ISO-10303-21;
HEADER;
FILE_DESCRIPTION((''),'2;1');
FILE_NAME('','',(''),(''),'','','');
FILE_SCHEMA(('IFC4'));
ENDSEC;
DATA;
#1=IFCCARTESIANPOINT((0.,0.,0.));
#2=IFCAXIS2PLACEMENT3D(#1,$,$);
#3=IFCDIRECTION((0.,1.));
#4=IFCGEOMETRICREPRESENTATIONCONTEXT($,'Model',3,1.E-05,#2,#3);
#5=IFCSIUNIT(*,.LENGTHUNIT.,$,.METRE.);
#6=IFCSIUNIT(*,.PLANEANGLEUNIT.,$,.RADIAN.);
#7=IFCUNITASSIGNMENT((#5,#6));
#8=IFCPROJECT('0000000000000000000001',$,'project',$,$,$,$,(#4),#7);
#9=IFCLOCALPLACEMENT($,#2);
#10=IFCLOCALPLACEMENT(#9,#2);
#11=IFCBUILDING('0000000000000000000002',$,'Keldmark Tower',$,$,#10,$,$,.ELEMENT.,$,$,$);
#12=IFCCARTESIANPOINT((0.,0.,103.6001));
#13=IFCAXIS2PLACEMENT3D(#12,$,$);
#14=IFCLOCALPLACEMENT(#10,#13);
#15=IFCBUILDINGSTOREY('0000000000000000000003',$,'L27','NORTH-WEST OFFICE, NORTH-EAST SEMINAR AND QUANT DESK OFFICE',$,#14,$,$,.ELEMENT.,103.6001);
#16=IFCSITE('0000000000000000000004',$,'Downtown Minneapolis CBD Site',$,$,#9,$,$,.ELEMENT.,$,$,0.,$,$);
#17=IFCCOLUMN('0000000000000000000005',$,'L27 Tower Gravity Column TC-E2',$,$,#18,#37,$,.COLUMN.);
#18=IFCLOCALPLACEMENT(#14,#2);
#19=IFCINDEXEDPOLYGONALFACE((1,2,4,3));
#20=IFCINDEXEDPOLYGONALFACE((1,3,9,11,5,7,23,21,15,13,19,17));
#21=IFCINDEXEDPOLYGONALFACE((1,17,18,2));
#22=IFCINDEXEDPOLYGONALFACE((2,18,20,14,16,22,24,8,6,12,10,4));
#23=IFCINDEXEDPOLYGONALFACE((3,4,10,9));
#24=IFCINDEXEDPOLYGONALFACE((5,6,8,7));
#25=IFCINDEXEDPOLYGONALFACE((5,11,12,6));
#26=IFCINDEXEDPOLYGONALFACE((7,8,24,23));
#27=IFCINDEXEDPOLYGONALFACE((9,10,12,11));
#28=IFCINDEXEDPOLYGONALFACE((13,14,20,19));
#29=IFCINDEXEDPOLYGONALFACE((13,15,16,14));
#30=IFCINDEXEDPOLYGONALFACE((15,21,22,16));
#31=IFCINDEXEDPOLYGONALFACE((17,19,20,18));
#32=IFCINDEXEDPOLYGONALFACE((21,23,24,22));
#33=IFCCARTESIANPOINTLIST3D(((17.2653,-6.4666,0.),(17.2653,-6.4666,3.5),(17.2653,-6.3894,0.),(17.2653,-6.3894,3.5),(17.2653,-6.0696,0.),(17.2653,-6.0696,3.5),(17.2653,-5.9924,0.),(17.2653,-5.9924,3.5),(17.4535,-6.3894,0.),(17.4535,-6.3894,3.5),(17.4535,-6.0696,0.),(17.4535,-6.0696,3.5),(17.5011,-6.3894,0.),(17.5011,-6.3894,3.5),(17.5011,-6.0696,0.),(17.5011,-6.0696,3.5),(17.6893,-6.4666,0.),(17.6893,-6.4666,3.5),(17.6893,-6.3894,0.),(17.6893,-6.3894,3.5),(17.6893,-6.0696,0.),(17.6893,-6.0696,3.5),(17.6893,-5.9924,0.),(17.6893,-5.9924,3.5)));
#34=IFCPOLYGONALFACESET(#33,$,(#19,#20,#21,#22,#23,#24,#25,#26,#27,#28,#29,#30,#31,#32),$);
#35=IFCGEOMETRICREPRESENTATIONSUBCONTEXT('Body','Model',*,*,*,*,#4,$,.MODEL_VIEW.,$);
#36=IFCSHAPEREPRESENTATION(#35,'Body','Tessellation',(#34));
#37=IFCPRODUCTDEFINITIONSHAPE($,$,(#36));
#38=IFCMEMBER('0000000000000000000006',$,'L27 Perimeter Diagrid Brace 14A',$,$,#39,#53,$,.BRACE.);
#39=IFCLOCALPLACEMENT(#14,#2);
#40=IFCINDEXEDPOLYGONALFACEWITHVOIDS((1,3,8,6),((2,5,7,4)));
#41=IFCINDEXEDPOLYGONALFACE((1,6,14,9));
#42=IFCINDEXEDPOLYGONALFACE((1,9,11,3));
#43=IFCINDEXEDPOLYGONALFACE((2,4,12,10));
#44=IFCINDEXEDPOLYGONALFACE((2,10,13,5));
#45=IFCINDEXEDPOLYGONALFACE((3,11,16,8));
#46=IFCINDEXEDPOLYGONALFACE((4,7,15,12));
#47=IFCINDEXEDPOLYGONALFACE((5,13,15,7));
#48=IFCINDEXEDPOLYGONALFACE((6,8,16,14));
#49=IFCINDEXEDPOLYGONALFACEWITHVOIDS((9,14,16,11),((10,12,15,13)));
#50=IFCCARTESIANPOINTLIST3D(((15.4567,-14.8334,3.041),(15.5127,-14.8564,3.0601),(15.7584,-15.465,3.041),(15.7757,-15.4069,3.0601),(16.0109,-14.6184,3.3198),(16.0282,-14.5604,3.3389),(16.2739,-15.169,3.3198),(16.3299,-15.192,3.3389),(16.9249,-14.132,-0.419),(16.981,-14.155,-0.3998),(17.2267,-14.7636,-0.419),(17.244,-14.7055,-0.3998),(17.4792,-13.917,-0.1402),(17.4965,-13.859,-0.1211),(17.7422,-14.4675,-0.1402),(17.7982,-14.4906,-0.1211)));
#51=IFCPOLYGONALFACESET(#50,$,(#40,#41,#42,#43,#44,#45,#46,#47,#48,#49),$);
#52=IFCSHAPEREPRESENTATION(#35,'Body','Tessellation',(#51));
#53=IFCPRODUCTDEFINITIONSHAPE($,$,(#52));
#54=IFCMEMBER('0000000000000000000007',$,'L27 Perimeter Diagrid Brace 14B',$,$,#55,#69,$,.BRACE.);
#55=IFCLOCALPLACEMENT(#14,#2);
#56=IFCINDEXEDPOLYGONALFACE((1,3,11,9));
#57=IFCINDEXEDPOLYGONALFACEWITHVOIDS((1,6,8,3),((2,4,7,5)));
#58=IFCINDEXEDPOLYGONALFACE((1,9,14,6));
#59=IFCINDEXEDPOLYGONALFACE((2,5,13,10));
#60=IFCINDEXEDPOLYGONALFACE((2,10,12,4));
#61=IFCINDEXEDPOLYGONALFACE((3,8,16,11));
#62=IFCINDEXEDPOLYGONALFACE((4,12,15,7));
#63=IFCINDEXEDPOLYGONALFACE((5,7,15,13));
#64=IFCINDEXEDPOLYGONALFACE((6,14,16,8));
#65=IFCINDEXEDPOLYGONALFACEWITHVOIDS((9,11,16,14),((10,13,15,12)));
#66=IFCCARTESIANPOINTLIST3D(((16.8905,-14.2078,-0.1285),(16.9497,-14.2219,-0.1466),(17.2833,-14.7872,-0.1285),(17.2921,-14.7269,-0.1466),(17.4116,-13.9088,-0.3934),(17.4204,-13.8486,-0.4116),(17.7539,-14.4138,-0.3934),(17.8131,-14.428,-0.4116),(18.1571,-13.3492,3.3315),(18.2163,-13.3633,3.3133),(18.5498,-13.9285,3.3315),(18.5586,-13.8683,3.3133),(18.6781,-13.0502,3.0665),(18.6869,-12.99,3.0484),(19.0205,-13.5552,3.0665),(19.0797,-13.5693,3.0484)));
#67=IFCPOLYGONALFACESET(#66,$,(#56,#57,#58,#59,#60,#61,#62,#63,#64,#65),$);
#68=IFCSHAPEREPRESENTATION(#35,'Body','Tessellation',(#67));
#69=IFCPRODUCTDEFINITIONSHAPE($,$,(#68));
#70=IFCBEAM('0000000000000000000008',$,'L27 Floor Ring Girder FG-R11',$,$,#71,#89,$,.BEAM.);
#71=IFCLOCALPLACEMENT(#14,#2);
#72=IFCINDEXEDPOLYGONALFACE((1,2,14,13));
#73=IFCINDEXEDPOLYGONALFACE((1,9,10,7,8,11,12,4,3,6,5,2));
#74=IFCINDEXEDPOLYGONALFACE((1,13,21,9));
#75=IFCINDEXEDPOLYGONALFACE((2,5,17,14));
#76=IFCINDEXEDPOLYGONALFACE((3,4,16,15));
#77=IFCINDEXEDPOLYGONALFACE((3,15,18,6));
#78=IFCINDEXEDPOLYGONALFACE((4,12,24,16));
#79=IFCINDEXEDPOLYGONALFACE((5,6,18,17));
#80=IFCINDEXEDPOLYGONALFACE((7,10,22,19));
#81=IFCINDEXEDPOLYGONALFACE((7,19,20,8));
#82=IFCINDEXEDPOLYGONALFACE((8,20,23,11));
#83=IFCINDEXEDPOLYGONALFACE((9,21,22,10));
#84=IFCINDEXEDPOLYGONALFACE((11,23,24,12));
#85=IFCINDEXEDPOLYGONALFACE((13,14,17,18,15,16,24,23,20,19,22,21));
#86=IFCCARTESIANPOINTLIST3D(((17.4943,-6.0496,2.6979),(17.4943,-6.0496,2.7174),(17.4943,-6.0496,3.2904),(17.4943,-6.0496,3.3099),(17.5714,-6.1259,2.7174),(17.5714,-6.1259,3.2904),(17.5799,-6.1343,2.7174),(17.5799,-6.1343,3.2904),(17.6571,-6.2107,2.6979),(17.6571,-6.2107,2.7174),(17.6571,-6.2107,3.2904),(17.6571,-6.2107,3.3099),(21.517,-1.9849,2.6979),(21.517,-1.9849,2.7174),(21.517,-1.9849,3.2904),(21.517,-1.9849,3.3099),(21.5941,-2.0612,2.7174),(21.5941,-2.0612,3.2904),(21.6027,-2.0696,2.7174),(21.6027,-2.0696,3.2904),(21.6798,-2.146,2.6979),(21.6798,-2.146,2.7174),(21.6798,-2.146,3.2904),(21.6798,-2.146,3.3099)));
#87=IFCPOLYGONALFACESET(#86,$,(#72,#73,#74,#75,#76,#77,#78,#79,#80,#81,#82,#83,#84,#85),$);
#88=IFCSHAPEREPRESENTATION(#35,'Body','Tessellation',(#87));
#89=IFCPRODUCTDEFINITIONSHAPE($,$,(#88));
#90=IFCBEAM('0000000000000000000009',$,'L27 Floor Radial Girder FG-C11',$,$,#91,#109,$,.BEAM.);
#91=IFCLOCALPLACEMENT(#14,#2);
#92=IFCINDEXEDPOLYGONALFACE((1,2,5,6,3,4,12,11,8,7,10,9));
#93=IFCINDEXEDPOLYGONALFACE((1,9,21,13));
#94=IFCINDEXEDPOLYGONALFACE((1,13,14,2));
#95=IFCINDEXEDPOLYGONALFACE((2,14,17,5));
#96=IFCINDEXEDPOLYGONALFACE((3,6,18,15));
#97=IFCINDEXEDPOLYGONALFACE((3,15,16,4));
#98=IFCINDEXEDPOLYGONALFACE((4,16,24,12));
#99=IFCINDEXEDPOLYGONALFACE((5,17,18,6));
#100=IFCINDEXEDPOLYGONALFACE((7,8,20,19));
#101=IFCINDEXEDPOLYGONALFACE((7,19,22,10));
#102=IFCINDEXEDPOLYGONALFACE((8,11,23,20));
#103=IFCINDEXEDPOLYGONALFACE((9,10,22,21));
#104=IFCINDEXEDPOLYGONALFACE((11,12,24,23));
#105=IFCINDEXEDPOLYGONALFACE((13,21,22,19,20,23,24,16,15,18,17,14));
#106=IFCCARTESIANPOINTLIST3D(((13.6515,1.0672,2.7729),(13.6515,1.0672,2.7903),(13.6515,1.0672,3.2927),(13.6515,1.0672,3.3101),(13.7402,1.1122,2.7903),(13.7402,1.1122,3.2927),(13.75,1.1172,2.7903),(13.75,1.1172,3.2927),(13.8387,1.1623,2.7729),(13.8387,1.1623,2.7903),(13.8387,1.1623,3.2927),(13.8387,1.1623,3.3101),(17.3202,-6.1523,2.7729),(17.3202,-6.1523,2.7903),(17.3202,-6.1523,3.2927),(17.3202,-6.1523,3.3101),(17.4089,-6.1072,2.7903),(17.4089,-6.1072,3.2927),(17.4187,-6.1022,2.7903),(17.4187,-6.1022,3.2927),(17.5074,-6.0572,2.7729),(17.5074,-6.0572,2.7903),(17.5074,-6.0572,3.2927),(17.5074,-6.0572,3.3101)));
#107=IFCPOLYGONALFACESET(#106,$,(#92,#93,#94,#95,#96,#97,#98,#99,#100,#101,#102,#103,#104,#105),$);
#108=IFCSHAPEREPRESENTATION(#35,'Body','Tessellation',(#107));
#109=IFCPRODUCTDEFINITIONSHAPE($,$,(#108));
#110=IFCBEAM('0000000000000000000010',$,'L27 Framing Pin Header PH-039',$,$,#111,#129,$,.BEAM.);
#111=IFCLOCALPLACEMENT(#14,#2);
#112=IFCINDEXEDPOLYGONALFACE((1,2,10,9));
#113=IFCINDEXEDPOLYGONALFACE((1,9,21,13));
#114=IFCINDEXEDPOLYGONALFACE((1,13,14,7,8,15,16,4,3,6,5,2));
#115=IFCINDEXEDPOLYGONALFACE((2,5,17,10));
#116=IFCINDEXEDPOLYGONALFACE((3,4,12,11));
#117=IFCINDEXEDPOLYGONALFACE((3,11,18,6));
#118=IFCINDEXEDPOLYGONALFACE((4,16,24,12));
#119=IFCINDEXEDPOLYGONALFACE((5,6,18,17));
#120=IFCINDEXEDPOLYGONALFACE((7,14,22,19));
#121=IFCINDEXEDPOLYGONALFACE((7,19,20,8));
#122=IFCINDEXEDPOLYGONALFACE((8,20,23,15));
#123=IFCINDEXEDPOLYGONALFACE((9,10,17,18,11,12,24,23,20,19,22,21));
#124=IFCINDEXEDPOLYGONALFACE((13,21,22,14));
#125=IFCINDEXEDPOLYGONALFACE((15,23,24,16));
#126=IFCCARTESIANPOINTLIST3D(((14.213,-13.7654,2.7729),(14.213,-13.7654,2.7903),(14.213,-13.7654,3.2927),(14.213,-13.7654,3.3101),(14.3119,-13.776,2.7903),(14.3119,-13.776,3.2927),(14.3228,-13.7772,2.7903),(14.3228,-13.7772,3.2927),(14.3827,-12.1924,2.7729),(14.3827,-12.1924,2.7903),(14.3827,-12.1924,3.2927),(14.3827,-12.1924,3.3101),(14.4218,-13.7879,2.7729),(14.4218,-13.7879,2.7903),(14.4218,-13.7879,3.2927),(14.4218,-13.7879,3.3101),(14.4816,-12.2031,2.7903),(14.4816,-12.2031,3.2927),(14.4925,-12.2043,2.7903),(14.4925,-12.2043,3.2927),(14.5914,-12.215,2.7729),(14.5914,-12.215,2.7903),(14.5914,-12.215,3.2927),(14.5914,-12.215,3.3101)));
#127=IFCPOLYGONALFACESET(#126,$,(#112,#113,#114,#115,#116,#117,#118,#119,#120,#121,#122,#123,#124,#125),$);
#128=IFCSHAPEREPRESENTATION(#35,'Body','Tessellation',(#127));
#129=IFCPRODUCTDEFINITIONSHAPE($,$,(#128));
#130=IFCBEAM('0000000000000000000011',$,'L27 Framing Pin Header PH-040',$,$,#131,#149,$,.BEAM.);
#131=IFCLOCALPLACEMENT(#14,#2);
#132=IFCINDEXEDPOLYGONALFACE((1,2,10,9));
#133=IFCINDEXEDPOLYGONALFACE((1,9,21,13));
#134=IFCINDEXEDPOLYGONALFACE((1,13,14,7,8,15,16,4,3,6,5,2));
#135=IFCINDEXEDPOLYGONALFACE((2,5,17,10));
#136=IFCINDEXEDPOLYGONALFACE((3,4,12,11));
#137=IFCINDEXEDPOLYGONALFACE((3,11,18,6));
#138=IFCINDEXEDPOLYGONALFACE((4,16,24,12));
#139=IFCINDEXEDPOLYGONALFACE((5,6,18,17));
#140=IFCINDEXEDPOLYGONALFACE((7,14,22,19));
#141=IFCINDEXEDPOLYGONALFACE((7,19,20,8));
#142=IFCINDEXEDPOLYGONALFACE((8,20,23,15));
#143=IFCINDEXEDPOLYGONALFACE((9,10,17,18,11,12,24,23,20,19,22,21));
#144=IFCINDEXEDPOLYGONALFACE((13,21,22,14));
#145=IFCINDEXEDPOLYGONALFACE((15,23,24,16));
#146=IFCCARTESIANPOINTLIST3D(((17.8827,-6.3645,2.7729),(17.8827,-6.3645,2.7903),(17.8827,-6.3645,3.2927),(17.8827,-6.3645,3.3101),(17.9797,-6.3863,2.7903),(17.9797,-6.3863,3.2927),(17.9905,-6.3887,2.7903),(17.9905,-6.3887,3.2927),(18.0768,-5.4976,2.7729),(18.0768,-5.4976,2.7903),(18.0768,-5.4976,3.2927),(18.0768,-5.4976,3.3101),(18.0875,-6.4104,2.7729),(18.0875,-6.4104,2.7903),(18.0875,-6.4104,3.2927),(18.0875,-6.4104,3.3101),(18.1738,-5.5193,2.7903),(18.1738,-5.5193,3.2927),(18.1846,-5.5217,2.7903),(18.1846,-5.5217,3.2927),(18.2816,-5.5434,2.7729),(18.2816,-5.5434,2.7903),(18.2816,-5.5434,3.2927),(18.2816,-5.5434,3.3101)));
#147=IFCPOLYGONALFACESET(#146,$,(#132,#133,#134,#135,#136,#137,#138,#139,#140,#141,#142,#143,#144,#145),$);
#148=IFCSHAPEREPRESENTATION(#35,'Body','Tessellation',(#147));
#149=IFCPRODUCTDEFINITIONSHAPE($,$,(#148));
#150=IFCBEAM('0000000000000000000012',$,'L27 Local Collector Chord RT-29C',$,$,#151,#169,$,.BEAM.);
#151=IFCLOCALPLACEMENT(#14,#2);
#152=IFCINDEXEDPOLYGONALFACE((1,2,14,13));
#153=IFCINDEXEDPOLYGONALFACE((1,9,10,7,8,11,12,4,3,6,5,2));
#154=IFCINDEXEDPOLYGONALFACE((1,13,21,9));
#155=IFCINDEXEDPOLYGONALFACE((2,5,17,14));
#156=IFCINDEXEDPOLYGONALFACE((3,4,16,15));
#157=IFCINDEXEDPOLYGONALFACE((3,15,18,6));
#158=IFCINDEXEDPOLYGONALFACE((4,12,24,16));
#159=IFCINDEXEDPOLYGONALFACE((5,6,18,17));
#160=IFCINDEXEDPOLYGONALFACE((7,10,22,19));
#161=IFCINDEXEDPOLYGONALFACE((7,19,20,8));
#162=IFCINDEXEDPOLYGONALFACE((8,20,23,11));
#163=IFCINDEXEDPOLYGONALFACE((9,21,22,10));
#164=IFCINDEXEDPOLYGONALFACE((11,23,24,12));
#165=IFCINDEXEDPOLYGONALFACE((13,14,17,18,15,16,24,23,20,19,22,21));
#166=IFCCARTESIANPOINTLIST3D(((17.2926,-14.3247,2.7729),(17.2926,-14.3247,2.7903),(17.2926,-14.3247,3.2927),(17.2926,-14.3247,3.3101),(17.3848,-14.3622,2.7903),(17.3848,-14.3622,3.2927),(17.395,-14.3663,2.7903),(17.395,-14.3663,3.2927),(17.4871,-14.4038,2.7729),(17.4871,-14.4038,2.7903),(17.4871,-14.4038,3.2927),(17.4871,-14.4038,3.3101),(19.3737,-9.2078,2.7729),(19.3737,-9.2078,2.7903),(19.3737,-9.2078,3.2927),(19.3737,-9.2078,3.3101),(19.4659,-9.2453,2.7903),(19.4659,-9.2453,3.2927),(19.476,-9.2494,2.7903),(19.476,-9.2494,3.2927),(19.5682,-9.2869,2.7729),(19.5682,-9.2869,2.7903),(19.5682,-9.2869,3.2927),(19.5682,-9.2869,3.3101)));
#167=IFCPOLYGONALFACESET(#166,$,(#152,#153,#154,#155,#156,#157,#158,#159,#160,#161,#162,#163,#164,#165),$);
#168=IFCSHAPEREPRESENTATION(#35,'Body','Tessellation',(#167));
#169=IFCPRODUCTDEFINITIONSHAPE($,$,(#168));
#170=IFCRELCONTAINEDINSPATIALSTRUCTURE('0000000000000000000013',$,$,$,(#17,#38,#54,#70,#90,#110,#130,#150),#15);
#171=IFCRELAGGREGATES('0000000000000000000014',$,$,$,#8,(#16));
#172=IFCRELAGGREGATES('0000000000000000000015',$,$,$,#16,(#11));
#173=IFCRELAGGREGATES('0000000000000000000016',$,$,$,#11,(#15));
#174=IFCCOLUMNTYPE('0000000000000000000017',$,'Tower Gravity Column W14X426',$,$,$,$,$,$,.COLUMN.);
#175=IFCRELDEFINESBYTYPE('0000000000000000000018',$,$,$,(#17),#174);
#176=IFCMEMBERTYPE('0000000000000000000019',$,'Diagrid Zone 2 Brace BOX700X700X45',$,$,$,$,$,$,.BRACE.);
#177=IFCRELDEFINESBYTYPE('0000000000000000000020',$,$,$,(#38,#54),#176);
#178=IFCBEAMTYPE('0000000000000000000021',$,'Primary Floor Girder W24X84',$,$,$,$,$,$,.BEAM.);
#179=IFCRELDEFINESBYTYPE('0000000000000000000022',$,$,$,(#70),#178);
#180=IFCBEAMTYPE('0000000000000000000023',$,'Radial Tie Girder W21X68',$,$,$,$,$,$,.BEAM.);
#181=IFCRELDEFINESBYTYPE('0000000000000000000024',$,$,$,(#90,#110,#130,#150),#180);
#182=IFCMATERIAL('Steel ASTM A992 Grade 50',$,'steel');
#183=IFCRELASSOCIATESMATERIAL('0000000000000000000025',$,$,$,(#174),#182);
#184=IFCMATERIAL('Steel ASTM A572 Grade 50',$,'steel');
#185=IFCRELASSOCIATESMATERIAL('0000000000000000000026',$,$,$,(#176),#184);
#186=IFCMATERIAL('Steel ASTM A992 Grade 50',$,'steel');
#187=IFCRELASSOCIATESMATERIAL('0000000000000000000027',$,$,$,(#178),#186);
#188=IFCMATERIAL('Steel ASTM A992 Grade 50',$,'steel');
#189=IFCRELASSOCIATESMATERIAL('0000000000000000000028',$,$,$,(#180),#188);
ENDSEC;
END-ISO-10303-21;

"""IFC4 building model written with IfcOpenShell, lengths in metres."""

from ifc_helpers import new_model, si_unit, direction, frame, origin, origin_2d, place, context, subcontext, project, spatial, hollow_rectangle, i_section, extrude, material, material_profile, profile_set, type_object, element, save


model = new_model("IFC4")

# Units and contexts
model_context = context("Model", 3, precision=1e-05, world=origin(), true_north=direction((0.0, 1.0)))
body_context = subcontext(model_context, "Body", "Model", "MODEL_VIEW")
ifc_project = project(units=[si_unit("LENGTHUNIT", "METRE"), si_unit("PLANEANGLEUNIT", "RADIAN")], contexts=[model_context])

# Site, building, storey
site_placement = place(None, origin())
site = spatial("IfcSite", under=ifc_project, at=site_placement, Name="Downtown Minneapolis CBD Site", CompositionType="ELEMENT", RefElevation=0.0)
building_placement = place(site_placement, origin())
building = spatial("IfcBuilding", under=site, at=building_placement, Name="Keldmark Tower", CompositionType="ELEMENT")
storey_placement = place(building_placement, frame((0.0, 0.0, 103.6001)))
storey = spatial("IfcBuildingStorey", under=building, at=storey_placement, Name="L27", Description="NORTH-WEST OFFICE, NORTH-EAST SEMINAR AND QUANT DESK OFFICE", CompositionType="ELEMENT", Elevation=103.6001)

# Column
ifc_material_1 = material(Name="Steel ASTM A992 Grade 50", Category="steel")
ifc_material_profile_1 = material_profile(ifc_material_1, i_section(OverallWidth=0.4241, OverallDepth=0.4741, WebThickness=0.0476, FlangeThickness=0.0771, at=origin_2d()), Name="W14X426")
ifc_profile_set_1 = profile_set([ifc_material_profile_1], Name="Steel ASTM A992 Grade 50")
column_type = type_object("IfcColumnType", Name="Tower Gravity Column W14X426", PredefinedType="COLUMN", material=ifc_profile_set_1)
column_placement = place(storey_placement, frame((17.4773, -6.2295, 0.0), z_axis=(0.0, 0.0, 1.0), x_axis=(1.0, 0.0, 0.0)))
element("IfcColumn", 1, at=column_placement, inside=storey, type_object=column_type, Name="L27 Tower Gravity Column TC-E2", PredefinedType="COLUMN", context=body_context, shape_type="SweptSolid", body=[
    extrude(i_section(OverallWidth=0.4241, OverallDepth=0.4741, WebThickness=0.0476, FlangeThickness=0.0771, at=origin_2d()), origin(), (0.0, 0.0, 1.0), 3.5),
])

# Members
ifc_material_2 = material(Name="Steel ASTM A572 Grade 50", Category="steel")
ifc_material_profile_2 = material_profile(ifc_material_2, hollow_rectangle(XDim=0.7, YDim=0.7, WallThickness=0.0449, at=origin_2d()), Name="BOX700X700X45")
ifc_profile_set_2 = profile_set([ifc_material_profile_2], Name="Steel ASTM A572 Grade 50")
member_type = type_object("IfcMemberType", Name="Diagrid Zone 2 Brace BOX700X700X45", PredefinedType="BRACE", material=ifc_profile_set_2)
member_1_placement = place(storey_placement, frame((17.3616, -14.3113, -0.27), z_axis=(-0.38401, -0.183449, 0.904921), x_axis=(0.431057, -0.902325, 0.0)))
element("IfcMember", 2, at=member_1_placement, inside=storey, type_object=member_type, Name="L27 Perimeter Diagrid Brace 14A", PredefinedType="BRACE", context=body_context, shape_type="SweptSolid", body=[
    extrude(hollow_rectangle(XDim=0.7, YDim=0.7, WallThickness=0.0449, at=origin_2d()), origin(), (0.0, 0.0, 1.0), 3.8235),
])
member_2_placement = place(storey_placement, frame((17.3518, -14.3179, -0.27), z_axis=(0.334793, 0.22696, 0.914551), x_axis=(-0.561127, 0.82773, 0.0)))
element("IfcMember", 3, at=member_2_placement, inside=storey, type_object=member_type, Name="L27 Perimeter Diagrid Brace 14B", PredefinedType="BRACE", context=body_context, shape_type="SweptSolid", body=[
    extrude(hollow_rectangle(XDim=0.7, YDim=0.7, WallThickness=0.0449, at=origin_2d()), origin(), (0.0, 0.0, 1.0), 3.7832),
])

# Beams
ifc_material_3 = material(Name="Steel ASTM A992 Grade 50", Category="steel")
ifc_material_profile_3 = material_profile(ifc_material_3, i_section(OverallWidth=0.229, OverallDepth=0.6121, WebThickness=0.012, FlangeThickness=0.0195, at=origin_2d()), Name="W24X84")
ifc_profile_set_3 = profile_set([ifc_material_profile_3], Name="Steel ASTM A992 Grade 50")
beam_type_1 = type_object("IfcBeamType", Name="Primary Floor Girder W24X84", PredefinedType="BEAM", material=ifc_profile_set_3)
beam_1_placement = place(storey_placement, frame((17.5757, -6.1301, 3.0039), z_axis=(0.703426, 0.710769, 0.0), x_axis=(-0.710769, 0.703426, 0.0)))
element("IfcBeam", 4, at=beam_1_placement, inside=storey, type_object=beam_type_1, Name="L27 Floor Ring Girder FG-R11", PredefinedType="BEAM", context=body_context, shape_type="SweptSolid", body=[
    extrude(i_section(OverallWidth=0.229, OverallDepth=0.6121, WebThickness=0.012, FlangeThickness=0.0195, at=origin_2d()), origin(), (0.0, 0.0, 1.0), 5.7188),
])
ifc_material_4 = material(Name="Steel ASTM A992 Grade 50", Category="steel")
ifc_material_profile_4 = material_profile(ifc_material_4, i_section(OverallWidth=0.21, OverallDepth=0.5371, WebThickness=0.011, FlangeThickness=0.0173, at=origin_2d()), Name="W21X68")
ifc_profile_set_4 = profile_set([ifc_material_profile_4], Name="Steel ASTM A992 Grade 50")
beam_type_2 = type_object("IfcBeamType", Name="Radial Tie Girder W21X68", PredefinedType="BEAM", material=ifc_profile_set_4)
beam_2_placement = place(storey_placement, frame((17.4138, -6.1047, 3.0415), z_axis=(-0.453029, 0.891496, 0.0), x_axis=(-0.891496, -0.453029, 0.0)))
element("IfcBeam", 5, at=beam_2_placement, inside=storey, type_object=beam_type_2, Name="L27 Floor Radial Girder FG-C11", PredefinedType="BEAM", context=body_context, shape_type="SweptSolid", body=[
    extrude(i_section(OverallWidth=0.21, OverallDepth=0.5371, WebThickness=0.011, FlangeThickness=0.0173, at=origin_2d()), origin(), (0.0, 0.0, 1.0), 8.0981),
])
beam_3_placement = place(storey_placement, frame((14.3174, -13.7766, 3.0415), z_axis=(0.107247, 0.994232, 0.0), x_axis=(-0.994232, 0.107247, 0.0)))
element("IfcBeam", 6, at=beam_3_placement, inside=storey, type_object=beam_type_2, Name="L27 Framing Pin Header PH-039", PredefinedType="BEAM", context=body_context, shape_type="SweptSolid", body=[
    extrude(i_section(OverallWidth=0.21, OverallDepth=0.5371, WebThickness=0.011, FlangeThickness=0.0173, at=origin_2d()), origin(), (0.0, 0.0, 1.0), 1.582),
])
beam_4_placement = place(storey_placement, frame((18.1792, -5.5205, 3.0415), z_axis=(-0.218472, -0.975843, 0.0), x_axis=(0.975843, -0.218472, 0.0)))
element("IfcBeam", 7, at=beam_4_placement, inside=storey, type_object=beam_type_2, Name="L27 Framing Pin Header PH-040", PredefinedType="BEAM", context=body_context, shape_type="SweptSolid", body=[
    extrude(i_section(OverallWidth=0.21, OverallDepth=0.5371, WebThickness=0.011, FlangeThickness=0.0173, at=origin_2d()), origin(), (0.0, 0.0, 1.0), 0.8884),
])
beam_5_placement = place(storey_placement, frame((17.3899, -14.3643, 3.0415), z_axis=(0.376734, 0.926322, 0.0), x_axis=(-0.926322, 0.376734, 0.0)))
element("IfcBeam", 8, at=beam_5_placement, inside=storey, type_object=beam_type_2, Name="L27 Local Collector Chord RT-29C", PredefinedType="BEAM", context=body_context, shape_type="SweptSolid", body=[
    extrude(i_section(OverallWidth=0.21, OverallDepth=0.5371, WebThickness=0.011, FlangeThickness=0.0173, at=origin_2d()), origin(), (0.0, 0.0, 1.0), 5.5239),
])

save(model, "model.ifc")
